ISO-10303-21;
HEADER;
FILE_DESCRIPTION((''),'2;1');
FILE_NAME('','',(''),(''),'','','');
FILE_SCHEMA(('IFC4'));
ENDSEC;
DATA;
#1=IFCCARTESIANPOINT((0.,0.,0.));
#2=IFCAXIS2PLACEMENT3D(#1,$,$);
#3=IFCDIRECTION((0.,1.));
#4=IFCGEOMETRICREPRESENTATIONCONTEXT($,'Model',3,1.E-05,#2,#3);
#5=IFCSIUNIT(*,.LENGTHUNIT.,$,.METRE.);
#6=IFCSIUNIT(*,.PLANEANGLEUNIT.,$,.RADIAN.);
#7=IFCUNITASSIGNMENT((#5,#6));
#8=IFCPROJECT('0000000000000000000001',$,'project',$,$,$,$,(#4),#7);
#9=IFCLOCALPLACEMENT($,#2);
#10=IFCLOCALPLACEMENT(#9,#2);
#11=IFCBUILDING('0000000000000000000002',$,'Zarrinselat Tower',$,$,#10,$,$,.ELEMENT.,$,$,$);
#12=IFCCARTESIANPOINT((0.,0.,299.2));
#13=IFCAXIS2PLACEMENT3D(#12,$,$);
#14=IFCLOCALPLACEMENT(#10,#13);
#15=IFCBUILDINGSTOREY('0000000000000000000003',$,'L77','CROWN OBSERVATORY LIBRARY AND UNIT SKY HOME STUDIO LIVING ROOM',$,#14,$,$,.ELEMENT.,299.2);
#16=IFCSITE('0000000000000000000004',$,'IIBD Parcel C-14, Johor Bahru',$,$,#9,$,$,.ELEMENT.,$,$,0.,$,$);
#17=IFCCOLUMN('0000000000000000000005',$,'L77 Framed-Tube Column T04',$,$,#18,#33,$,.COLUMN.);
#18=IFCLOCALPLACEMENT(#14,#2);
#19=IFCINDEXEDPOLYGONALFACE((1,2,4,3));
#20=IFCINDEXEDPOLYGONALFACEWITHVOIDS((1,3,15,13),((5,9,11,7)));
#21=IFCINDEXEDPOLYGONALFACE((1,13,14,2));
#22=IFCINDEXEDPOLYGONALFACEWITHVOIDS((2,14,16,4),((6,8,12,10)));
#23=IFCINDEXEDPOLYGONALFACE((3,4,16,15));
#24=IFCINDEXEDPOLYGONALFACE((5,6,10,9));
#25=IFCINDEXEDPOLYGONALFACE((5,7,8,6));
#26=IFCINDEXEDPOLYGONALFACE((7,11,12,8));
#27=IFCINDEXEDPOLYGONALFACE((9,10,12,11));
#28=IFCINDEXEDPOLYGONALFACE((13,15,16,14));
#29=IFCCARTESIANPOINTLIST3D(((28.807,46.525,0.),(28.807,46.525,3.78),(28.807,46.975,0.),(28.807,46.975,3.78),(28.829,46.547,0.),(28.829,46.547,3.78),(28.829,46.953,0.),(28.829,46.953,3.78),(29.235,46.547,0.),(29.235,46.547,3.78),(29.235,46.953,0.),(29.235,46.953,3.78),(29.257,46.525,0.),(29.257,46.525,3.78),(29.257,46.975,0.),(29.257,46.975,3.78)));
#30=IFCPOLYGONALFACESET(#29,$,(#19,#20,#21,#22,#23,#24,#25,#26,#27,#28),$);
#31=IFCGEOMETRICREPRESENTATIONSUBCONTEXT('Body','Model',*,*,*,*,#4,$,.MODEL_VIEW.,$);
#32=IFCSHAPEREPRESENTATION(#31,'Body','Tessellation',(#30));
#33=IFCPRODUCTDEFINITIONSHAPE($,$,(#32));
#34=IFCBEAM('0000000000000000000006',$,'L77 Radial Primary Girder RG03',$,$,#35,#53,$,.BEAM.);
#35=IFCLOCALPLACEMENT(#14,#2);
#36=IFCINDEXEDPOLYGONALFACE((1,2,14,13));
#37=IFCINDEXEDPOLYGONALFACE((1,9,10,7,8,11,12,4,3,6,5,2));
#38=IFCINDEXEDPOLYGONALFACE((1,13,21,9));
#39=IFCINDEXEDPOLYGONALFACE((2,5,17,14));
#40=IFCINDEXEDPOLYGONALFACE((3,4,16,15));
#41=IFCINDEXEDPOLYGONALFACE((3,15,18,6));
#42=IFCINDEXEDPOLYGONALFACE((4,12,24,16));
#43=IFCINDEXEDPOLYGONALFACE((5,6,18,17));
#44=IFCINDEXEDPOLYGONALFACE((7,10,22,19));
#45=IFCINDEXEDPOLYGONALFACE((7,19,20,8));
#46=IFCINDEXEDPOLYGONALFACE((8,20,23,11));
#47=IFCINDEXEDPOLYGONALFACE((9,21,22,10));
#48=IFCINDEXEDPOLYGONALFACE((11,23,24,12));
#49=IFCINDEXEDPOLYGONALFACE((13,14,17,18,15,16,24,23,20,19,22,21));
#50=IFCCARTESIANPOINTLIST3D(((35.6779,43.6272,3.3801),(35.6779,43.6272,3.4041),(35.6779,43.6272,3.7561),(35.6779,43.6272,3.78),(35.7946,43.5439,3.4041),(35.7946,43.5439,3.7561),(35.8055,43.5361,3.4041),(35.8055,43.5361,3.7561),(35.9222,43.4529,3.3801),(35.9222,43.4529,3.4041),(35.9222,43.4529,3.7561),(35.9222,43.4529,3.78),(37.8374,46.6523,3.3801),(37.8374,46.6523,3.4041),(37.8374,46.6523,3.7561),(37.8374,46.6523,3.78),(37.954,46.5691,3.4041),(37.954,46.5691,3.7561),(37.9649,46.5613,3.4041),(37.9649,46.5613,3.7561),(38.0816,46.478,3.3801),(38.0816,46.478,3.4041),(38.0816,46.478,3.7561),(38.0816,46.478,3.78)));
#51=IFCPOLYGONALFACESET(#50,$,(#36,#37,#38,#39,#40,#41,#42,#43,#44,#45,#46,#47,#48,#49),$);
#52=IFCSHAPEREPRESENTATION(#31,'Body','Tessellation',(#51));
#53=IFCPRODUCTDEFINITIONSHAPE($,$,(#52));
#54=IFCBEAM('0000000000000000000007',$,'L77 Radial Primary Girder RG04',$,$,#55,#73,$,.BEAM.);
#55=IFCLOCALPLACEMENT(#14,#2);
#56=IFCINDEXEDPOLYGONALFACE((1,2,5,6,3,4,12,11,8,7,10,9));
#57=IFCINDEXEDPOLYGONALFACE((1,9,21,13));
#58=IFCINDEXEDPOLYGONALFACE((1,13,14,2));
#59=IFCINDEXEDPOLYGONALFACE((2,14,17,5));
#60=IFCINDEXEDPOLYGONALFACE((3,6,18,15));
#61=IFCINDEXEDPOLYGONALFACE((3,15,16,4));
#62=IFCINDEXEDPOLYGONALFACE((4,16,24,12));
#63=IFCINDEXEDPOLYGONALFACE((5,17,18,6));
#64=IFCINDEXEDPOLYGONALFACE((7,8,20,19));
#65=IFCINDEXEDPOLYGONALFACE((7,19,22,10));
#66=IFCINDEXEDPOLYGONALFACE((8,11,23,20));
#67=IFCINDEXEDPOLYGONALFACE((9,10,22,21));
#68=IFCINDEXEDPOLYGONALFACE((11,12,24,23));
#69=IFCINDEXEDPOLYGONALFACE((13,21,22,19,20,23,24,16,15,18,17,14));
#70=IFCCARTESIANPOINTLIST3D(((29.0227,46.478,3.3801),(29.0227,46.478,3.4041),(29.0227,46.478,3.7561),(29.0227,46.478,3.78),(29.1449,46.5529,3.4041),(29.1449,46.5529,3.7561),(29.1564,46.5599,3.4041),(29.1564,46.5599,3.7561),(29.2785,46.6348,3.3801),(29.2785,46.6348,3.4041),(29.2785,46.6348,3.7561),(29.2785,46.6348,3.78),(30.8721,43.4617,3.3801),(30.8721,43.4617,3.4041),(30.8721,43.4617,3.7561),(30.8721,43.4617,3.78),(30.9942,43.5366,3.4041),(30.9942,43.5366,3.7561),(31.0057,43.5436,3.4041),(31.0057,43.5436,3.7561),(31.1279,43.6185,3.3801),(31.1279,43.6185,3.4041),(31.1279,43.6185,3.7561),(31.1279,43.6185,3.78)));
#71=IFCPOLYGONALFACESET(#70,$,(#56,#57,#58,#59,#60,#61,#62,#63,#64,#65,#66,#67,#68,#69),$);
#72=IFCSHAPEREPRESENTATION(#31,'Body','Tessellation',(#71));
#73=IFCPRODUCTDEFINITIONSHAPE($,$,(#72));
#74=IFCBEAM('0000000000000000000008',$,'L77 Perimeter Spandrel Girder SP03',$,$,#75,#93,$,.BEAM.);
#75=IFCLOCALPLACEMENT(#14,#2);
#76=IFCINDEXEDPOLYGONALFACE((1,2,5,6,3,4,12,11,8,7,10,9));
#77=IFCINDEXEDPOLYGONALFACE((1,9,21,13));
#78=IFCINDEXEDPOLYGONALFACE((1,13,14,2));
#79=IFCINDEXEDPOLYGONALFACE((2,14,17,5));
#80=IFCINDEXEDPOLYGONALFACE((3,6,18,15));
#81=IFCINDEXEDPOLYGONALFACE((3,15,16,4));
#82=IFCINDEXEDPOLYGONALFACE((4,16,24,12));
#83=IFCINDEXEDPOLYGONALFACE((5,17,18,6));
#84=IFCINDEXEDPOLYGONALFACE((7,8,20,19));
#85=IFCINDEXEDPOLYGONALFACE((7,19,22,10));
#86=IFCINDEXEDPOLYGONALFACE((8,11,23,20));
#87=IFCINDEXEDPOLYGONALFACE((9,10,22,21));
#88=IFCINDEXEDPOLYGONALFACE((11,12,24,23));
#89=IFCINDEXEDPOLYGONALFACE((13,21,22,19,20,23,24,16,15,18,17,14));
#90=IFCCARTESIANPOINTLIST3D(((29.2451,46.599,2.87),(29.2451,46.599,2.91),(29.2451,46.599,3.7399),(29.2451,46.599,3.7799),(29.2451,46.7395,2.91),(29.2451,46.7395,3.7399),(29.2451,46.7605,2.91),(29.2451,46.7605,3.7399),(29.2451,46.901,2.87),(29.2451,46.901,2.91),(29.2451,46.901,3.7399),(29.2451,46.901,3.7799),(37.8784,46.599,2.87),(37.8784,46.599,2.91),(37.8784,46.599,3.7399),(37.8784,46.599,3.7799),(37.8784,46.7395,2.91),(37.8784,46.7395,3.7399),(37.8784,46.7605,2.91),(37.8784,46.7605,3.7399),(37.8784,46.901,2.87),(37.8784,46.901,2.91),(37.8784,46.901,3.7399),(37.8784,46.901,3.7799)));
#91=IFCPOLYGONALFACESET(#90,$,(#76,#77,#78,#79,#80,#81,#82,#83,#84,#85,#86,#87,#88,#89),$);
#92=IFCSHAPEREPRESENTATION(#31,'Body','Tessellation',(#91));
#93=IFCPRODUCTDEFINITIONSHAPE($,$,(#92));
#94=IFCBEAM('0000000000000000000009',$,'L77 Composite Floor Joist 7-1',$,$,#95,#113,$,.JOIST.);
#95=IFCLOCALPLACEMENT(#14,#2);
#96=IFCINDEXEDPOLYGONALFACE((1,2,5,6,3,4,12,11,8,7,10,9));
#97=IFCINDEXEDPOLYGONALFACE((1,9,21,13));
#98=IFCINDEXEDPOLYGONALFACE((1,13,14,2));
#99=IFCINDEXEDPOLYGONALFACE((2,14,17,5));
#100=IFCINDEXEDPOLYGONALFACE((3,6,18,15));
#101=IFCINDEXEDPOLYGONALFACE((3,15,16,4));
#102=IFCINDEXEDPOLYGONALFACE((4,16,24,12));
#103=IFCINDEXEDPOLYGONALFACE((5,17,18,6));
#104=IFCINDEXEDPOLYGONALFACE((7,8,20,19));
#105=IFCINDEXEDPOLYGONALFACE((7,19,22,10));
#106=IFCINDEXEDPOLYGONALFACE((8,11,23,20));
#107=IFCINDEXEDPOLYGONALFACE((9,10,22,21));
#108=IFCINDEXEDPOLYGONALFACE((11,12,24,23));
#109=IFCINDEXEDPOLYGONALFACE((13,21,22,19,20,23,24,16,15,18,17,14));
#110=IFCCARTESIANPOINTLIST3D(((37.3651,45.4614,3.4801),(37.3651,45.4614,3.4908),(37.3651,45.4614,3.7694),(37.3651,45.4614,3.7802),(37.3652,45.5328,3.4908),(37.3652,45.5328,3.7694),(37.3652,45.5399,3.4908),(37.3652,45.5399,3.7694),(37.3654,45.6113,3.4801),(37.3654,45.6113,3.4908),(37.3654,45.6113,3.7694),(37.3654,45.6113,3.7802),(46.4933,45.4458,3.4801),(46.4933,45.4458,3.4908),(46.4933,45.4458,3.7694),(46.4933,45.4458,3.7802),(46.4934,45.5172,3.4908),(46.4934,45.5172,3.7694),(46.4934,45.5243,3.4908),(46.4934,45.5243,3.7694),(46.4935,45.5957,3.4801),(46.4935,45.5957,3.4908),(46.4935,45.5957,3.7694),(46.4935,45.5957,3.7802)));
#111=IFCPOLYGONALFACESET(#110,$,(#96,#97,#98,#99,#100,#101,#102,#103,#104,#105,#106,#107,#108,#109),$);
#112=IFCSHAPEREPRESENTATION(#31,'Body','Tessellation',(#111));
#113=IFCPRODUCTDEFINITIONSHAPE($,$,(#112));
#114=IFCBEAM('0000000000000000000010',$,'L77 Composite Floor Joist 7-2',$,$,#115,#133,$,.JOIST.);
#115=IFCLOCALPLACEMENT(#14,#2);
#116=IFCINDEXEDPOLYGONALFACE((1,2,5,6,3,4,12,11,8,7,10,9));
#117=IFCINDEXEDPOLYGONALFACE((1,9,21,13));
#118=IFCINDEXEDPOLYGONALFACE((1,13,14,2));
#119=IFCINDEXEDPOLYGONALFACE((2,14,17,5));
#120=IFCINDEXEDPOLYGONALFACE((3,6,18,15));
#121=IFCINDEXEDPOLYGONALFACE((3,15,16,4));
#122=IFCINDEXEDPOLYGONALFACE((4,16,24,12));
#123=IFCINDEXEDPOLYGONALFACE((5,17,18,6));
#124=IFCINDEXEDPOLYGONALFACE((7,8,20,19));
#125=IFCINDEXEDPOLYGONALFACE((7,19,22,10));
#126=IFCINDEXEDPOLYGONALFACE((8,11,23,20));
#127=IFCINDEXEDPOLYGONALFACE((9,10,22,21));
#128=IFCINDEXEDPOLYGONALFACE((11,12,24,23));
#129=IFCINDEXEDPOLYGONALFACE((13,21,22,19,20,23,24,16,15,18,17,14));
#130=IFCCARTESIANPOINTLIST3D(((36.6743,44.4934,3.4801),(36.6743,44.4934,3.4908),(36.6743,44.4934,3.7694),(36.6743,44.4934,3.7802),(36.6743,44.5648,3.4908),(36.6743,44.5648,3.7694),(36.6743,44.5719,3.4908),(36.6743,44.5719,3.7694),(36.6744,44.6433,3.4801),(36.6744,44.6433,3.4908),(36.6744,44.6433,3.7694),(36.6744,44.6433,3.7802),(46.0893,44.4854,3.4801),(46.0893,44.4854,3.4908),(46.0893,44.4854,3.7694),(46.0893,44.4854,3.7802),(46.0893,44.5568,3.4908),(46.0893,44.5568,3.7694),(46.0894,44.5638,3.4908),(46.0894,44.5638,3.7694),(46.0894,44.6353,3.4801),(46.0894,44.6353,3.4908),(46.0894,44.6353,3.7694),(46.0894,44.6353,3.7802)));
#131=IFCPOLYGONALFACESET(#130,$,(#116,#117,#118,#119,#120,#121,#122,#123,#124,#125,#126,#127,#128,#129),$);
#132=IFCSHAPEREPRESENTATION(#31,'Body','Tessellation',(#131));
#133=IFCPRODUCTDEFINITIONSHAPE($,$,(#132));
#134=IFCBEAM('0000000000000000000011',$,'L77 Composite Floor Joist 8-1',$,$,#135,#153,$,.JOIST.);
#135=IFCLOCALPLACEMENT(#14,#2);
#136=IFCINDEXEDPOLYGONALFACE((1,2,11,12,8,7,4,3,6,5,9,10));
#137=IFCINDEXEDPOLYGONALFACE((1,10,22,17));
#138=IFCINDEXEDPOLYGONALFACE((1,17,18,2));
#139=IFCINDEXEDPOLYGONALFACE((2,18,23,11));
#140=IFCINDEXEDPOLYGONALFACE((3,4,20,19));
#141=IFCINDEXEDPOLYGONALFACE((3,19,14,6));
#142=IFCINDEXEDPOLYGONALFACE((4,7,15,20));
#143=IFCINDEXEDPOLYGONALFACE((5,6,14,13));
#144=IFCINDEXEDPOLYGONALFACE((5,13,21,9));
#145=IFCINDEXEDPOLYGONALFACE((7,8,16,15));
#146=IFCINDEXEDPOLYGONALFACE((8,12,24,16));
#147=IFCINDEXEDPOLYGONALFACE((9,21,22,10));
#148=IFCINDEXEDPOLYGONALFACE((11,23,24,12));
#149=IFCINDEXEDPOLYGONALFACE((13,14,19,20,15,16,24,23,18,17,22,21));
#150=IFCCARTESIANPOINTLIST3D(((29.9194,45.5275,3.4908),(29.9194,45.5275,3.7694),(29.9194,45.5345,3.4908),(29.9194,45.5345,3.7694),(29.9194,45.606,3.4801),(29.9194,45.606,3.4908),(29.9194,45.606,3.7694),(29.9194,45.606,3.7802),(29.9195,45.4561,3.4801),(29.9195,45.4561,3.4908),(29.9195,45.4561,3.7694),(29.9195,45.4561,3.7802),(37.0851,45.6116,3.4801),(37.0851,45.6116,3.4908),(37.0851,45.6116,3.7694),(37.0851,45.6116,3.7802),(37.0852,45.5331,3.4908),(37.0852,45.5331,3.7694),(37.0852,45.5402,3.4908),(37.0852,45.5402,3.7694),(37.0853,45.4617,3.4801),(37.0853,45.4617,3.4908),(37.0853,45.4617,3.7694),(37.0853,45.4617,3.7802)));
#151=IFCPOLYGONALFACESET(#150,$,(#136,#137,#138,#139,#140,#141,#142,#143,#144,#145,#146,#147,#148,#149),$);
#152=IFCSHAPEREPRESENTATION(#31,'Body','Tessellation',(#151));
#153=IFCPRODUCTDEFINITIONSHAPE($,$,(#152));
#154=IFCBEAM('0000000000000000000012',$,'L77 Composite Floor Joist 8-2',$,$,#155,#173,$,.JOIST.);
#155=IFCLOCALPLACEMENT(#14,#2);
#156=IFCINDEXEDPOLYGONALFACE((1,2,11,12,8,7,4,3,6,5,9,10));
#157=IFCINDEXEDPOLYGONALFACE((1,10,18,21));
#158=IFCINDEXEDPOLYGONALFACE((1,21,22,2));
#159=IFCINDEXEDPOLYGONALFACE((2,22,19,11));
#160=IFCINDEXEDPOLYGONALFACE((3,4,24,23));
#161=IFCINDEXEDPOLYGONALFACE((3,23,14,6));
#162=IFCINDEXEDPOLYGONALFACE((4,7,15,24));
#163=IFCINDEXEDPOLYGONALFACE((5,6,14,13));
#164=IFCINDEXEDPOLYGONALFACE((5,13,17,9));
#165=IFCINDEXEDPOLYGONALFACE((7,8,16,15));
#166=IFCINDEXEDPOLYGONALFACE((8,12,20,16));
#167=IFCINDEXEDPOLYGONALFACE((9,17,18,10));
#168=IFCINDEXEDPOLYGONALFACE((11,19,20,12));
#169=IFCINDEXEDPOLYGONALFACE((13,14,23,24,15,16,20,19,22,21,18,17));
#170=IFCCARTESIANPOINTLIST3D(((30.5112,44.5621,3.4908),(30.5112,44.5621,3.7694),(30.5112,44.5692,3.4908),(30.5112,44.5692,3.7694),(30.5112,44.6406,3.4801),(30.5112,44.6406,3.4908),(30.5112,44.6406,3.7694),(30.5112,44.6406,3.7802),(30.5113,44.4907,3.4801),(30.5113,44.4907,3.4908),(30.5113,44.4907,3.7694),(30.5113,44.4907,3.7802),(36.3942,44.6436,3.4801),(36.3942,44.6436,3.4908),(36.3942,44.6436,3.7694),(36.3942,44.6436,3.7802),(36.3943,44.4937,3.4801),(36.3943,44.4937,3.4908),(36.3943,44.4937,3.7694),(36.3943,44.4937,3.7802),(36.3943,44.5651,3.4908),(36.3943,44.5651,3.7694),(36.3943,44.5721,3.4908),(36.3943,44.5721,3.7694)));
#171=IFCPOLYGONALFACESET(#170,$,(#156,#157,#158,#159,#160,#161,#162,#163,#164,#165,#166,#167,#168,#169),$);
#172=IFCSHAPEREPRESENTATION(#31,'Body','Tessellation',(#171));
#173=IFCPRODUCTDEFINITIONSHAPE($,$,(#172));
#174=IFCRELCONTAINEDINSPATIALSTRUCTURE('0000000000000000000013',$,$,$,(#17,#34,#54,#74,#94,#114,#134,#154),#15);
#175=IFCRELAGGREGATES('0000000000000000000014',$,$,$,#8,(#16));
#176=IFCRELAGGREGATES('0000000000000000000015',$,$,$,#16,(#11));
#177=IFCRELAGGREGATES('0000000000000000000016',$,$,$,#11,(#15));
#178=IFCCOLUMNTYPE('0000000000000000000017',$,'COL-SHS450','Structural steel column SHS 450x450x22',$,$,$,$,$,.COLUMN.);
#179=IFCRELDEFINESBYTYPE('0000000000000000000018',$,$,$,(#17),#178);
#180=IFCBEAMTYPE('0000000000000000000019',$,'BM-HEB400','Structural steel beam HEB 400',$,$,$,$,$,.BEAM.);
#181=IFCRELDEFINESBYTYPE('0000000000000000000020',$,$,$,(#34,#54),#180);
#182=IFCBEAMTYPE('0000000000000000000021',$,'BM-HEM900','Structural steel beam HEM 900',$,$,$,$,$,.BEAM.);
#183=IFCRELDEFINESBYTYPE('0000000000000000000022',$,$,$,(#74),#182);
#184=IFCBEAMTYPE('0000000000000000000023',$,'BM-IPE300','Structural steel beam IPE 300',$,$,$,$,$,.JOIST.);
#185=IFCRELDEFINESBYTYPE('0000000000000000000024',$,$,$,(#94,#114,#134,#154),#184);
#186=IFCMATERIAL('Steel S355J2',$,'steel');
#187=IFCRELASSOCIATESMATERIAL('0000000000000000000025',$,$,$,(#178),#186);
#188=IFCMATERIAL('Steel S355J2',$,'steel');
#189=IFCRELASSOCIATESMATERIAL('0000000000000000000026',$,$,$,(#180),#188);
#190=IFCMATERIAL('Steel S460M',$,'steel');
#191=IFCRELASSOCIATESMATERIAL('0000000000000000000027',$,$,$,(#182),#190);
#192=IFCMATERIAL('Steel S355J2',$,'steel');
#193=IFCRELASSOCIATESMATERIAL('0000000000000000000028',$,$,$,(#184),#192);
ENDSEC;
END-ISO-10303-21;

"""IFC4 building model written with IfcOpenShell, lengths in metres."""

from ifc_helpers import new_model, si_unit, direction, frame, origin, origin_2d, place, context, subcontext, project, spatial, hollow_rectangle, i_section, extrude, material, material_profile, profile_set, type_object, element, save


model = new_model("IFC4")

# Units and contexts
model_context = context("Model", 3, precision=1e-05, world=origin(), true_north=direction((0.0, 1.0)))
body_context = subcontext(model_context, "Body", "Model", "MODEL_VIEW")
ifc_project = project(units=[si_unit("LENGTHUNIT", "METRE"), si_unit("PLANEANGLEUNIT", "RADIAN")], contexts=[model_context])

# Site, building, storey
site_placement = place(None, origin())
site = spatial("IfcSite", under=ifc_project, at=site_placement, Name="IIBD Parcel C-14, Johor Bahru", CompositionType="ELEMENT", RefElevation=0.0)
building_placement = place(site_placement, origin())
building = spatial("IfcBuilding", under=site, at=building_placement, Name="Zarrinselat Tower", CompositionType="ELEMENT")
storey_placement = place(building_placement, frame((0.0, 0.0, 299.2)))
storey = spatial("IfcBuildingStorey", under=building, at=storey_placement, Name="L77", Description="CROWN OBSERVATORY LIBRARY AND UNIT SKY HOME STUDIO LIVING ROOM", CompositionType="ELEMENT", Elevation=299.2)

# Column
ifc_material_1 = material(Name="Steel S355J2", Category="steel")
ifc_material_profile_1 = material_profile(ifc_material_1, hollow_rectangle(XDim=0.45, YDim=0.45, WallThickness=0.022, at=origin_2d()), Name="SHS 450x450x22")
ifc_profile_set_1 = profile_set([ifc_material_profile_1], Name="Steel S355J2")
column_type = type_object("IfcColumnType", Name="COL-SHS450", Description="Structural steel column SHS 450x450x22", PredefinedType="COLUMN", material=ifc_profile_set_1)
column_placement = place(storey_placement, frame((29.032, 46.75, 0.0), z_axis=(0.0, 0.0, 1.0), x_axis=(1.0, 0.0, 0.0)))
element("IfcColumn", 1, at=column_placement, inside=storey, type_object=column_type, Name="L77 Framed-Tube Column T04", PredefinedType="COLUMN", context=body_context, shape_type="SweptSolid", body=[
    extrude(hollow_rectangle(XDim=0.45, YDim=0.45, WallThickness=0.022, at=origin_2d()), origin(), (0.0, 0.0, 1.0), 3.78),
])

# Beams
ifc_material_2 = material(Name="Steel S355J2", Category="steel")
ifc_material_profile_2 = material_profile(ifc_material_2, i_section(OverallWidth=0.3, OverallDepth=0.3999, WebThickness=0.0134, FlangeThickness=0.0239, at=origin_2d()), Name="HEB 400")
ifc_profile_set_2 = profile_set([ifc_material_profile_2], Name="Steel S355J2")
beam_type_1 = type_object("IfcBeamType", Name="BM-HEB400", Description="Structural steel beam HEB 400", PredefinedType="BEAM", material=ifc_profile_set_2)
beam_1_placement = place(storey_placement, frame((35.8, 43.54, 3.5801), z_axis=(0.58099, 0.813911, 0.0), x_axis=(-0.813911, 0.58099, 0.0)))
element("IfcBeam", 2, at=beam_1_placement, inside=storey, type_object=beam_type_1, Name="L77 Radial Primary Girder RG03", PredefinedType="BEAM", context=body_context, shape_type="SweptSolid", body=[
    extrude(i_section(OverallWidth=0.3, OverallDepth=0.3999, WebThickness=0.0134, FlangeThickness=0.0239, at=origin_2d()), origin(), (0.0, 0.0, 1.0), 3.7168),
])
beam_2_placement = place(storey_placement, frame((29.1506, 46.5564, 3.5801), z_axis=(0.522691, -0.852522, 0.0), x_axis=(0.852522, 0.522691, 0.0)))
element("IfcBeam", 3, at=beam_2_placement, inside=storey, type_object=beam_type_1, Name="L77 Radial Primary Girder RG04", PredefinedType="BEAM", context=body_context, shape_type="SweptSolid", body=[
    extrude(i_section(OverallWidth=0.3, OverallDepth=0.3999, WebThickness=0.0134, FlangeThickness=0.0239, at=origin_2d()), origin(), (0.0, 0.0, 1.0), 3.5381),
])
ifc_material_3 = material(Name="Steel S460M", Category="steel")
ifc_material_profile_3 = material_profile(ifc_material_3, i_section(OverallWidth=0.302, OverallDepth=0.9099, WebThickness=0.021, FlangeThickness=0.04, at=origin_2d()), Name="HEM 900")
ifc_profile_set_3 = profile_set([ifc_material_profile_3], Name="Steel S460M")
beam_type_2 = type_object("IfcBeamType", Name="BM-HEM900", Description="Structural steel beam HEM 900", PredefinedType="BEAM", material=ifc_profile_set_3)
beam_3_placement = place(storey_placement, frame((29.2451, 46.75, 3.325), z_axis=(1.0, 0.0, 0.0), x_axis=(0.0, 1.0, 0.0)))
element("IfcBeam", 4, at=beam_3_placement, inside=storey, type_object=beam_type_2, Name="L77 Perimeter Spandrel Girder SP03", PredefinedType="BEAM", context=body_context, shape_type="SweptSolid", body=[
    extrude(i_section(OverallWidth=0.302, OverallDepth=0.9099, WebThickness=0.021, FlangeThickness=0.04, at=origin_2d()), origin(), (0.0, 0.0, 1.0), 8.6333),
])
ifc_material_4 = material(Name="Steel S355J2", Category="steel")
ifc_material_profile_4 = material_profile(ifc_material_4, i_section(OverallWidth=0.1499, OverallDepth=0.3, WebThickness=0.0071, FlangeThickness=0.0107, at=origin_2d()), Name="IPE 300")
ifc_profile_set_4 = profile_set([ifc_material_profile_4], Name="Steel S355J2")
beam_type_3 = type_object("IfcBeamType", Name="BM-IPE300", Description="Structural steel beam IPE 300", PredefinedType="JOIST", material=ifc_profile_set_4)
beam_4_placement = place(storey_placement, frame((37.3652, 45.5364, 3.6301), z_axis=(0.999999, -0.001712, 0.0), x_axis=(0.001712, 0.999999, 0.0)))
element("IfcBeam", 5, at=beam_4_placement, inside=storey, type_object=beam_type_3, Name="L77 Composite Floor Joist 7-1", PredefinedType="JOIST", context=body_context, shape_type="SweptSolid", body=[
    extrude(i_section(OverallWidth=0.1499, OverallDepth=0.3, WebThickness=0.0071, FlangeThickness=0.0107, at=origin_2d()), origin(), (0.0, 0.0, 1.0), 9.1282),
])
beam_5_placement = place(storey_placement, frame((36.6743, 44.5684, 3.6301), z_axis=(1.0, -0.000856, 0.0), x_axis=(0.000856, 1.0, 0.0)))
element("IfcBeam", 6, at=beam_5_placement, inside=storey, type_object=beam_type_3, Name="L77 Composite Floor Joist 7-2", PredefinedType="JOIST", context=body_context, shape_type="SweptSolid", body=[
    extrude(i_section(OverallWidth=0.1499, OverallDepth=0.3, WebThickness=0.0071, FlangeThickness=0.0107, at=origin_2d()), origin(), (0.0, 0.0, 1.0), 9.415),
])
beam_6_placement = place(storey_placement, frame((29.9194, 45.531, 3.6301), z_axis=(1.0, 0.000784, 0.0), x_axis=(-0.000784, 1.0, 0.0)))
element("IfcBeam", 7, at=beam_6_placement, inside=storey, type_object=beam_type_3, Name="L77 Composite Floor Joist 8-1", PredefinedType="JOIST", context=body_context, shape_type="SweptSolid", body=[
    extrude(i_section(OverallWidth=0.1499, OverallDepth=0.3, WebThickness=0.0071, FlangeThickness=0.0107, at=origin_2d()), origin(), (0.0, 0.0, 1.0), 7.1658),
])
beam_7_placement = place(storey_placement, frame((30.5112, 44.5657, 3.6301), z_axis=(1.0, 0.000498, 0.0), x_axis=(-0.000498, 1.0, 0.0)))
element("IfcBeam", 8, at=beam_7_placement, inside=storey, type_object=beam_type_3, Name="L77 Composite Floor Joist 8-2", PredefinedType="JOIST", context=body_context, shape_type="SweptSolid", body=[
    extrude(i_section(OverallWidth=0.1499, OverallDepth=0.3, WebThickness=0.0071, FlangeThickness=0.0107, at=origin_2d()), origin(), (0.0, 0.0, 1.0), 5.8831),
])

save(model, "model.ifc")
